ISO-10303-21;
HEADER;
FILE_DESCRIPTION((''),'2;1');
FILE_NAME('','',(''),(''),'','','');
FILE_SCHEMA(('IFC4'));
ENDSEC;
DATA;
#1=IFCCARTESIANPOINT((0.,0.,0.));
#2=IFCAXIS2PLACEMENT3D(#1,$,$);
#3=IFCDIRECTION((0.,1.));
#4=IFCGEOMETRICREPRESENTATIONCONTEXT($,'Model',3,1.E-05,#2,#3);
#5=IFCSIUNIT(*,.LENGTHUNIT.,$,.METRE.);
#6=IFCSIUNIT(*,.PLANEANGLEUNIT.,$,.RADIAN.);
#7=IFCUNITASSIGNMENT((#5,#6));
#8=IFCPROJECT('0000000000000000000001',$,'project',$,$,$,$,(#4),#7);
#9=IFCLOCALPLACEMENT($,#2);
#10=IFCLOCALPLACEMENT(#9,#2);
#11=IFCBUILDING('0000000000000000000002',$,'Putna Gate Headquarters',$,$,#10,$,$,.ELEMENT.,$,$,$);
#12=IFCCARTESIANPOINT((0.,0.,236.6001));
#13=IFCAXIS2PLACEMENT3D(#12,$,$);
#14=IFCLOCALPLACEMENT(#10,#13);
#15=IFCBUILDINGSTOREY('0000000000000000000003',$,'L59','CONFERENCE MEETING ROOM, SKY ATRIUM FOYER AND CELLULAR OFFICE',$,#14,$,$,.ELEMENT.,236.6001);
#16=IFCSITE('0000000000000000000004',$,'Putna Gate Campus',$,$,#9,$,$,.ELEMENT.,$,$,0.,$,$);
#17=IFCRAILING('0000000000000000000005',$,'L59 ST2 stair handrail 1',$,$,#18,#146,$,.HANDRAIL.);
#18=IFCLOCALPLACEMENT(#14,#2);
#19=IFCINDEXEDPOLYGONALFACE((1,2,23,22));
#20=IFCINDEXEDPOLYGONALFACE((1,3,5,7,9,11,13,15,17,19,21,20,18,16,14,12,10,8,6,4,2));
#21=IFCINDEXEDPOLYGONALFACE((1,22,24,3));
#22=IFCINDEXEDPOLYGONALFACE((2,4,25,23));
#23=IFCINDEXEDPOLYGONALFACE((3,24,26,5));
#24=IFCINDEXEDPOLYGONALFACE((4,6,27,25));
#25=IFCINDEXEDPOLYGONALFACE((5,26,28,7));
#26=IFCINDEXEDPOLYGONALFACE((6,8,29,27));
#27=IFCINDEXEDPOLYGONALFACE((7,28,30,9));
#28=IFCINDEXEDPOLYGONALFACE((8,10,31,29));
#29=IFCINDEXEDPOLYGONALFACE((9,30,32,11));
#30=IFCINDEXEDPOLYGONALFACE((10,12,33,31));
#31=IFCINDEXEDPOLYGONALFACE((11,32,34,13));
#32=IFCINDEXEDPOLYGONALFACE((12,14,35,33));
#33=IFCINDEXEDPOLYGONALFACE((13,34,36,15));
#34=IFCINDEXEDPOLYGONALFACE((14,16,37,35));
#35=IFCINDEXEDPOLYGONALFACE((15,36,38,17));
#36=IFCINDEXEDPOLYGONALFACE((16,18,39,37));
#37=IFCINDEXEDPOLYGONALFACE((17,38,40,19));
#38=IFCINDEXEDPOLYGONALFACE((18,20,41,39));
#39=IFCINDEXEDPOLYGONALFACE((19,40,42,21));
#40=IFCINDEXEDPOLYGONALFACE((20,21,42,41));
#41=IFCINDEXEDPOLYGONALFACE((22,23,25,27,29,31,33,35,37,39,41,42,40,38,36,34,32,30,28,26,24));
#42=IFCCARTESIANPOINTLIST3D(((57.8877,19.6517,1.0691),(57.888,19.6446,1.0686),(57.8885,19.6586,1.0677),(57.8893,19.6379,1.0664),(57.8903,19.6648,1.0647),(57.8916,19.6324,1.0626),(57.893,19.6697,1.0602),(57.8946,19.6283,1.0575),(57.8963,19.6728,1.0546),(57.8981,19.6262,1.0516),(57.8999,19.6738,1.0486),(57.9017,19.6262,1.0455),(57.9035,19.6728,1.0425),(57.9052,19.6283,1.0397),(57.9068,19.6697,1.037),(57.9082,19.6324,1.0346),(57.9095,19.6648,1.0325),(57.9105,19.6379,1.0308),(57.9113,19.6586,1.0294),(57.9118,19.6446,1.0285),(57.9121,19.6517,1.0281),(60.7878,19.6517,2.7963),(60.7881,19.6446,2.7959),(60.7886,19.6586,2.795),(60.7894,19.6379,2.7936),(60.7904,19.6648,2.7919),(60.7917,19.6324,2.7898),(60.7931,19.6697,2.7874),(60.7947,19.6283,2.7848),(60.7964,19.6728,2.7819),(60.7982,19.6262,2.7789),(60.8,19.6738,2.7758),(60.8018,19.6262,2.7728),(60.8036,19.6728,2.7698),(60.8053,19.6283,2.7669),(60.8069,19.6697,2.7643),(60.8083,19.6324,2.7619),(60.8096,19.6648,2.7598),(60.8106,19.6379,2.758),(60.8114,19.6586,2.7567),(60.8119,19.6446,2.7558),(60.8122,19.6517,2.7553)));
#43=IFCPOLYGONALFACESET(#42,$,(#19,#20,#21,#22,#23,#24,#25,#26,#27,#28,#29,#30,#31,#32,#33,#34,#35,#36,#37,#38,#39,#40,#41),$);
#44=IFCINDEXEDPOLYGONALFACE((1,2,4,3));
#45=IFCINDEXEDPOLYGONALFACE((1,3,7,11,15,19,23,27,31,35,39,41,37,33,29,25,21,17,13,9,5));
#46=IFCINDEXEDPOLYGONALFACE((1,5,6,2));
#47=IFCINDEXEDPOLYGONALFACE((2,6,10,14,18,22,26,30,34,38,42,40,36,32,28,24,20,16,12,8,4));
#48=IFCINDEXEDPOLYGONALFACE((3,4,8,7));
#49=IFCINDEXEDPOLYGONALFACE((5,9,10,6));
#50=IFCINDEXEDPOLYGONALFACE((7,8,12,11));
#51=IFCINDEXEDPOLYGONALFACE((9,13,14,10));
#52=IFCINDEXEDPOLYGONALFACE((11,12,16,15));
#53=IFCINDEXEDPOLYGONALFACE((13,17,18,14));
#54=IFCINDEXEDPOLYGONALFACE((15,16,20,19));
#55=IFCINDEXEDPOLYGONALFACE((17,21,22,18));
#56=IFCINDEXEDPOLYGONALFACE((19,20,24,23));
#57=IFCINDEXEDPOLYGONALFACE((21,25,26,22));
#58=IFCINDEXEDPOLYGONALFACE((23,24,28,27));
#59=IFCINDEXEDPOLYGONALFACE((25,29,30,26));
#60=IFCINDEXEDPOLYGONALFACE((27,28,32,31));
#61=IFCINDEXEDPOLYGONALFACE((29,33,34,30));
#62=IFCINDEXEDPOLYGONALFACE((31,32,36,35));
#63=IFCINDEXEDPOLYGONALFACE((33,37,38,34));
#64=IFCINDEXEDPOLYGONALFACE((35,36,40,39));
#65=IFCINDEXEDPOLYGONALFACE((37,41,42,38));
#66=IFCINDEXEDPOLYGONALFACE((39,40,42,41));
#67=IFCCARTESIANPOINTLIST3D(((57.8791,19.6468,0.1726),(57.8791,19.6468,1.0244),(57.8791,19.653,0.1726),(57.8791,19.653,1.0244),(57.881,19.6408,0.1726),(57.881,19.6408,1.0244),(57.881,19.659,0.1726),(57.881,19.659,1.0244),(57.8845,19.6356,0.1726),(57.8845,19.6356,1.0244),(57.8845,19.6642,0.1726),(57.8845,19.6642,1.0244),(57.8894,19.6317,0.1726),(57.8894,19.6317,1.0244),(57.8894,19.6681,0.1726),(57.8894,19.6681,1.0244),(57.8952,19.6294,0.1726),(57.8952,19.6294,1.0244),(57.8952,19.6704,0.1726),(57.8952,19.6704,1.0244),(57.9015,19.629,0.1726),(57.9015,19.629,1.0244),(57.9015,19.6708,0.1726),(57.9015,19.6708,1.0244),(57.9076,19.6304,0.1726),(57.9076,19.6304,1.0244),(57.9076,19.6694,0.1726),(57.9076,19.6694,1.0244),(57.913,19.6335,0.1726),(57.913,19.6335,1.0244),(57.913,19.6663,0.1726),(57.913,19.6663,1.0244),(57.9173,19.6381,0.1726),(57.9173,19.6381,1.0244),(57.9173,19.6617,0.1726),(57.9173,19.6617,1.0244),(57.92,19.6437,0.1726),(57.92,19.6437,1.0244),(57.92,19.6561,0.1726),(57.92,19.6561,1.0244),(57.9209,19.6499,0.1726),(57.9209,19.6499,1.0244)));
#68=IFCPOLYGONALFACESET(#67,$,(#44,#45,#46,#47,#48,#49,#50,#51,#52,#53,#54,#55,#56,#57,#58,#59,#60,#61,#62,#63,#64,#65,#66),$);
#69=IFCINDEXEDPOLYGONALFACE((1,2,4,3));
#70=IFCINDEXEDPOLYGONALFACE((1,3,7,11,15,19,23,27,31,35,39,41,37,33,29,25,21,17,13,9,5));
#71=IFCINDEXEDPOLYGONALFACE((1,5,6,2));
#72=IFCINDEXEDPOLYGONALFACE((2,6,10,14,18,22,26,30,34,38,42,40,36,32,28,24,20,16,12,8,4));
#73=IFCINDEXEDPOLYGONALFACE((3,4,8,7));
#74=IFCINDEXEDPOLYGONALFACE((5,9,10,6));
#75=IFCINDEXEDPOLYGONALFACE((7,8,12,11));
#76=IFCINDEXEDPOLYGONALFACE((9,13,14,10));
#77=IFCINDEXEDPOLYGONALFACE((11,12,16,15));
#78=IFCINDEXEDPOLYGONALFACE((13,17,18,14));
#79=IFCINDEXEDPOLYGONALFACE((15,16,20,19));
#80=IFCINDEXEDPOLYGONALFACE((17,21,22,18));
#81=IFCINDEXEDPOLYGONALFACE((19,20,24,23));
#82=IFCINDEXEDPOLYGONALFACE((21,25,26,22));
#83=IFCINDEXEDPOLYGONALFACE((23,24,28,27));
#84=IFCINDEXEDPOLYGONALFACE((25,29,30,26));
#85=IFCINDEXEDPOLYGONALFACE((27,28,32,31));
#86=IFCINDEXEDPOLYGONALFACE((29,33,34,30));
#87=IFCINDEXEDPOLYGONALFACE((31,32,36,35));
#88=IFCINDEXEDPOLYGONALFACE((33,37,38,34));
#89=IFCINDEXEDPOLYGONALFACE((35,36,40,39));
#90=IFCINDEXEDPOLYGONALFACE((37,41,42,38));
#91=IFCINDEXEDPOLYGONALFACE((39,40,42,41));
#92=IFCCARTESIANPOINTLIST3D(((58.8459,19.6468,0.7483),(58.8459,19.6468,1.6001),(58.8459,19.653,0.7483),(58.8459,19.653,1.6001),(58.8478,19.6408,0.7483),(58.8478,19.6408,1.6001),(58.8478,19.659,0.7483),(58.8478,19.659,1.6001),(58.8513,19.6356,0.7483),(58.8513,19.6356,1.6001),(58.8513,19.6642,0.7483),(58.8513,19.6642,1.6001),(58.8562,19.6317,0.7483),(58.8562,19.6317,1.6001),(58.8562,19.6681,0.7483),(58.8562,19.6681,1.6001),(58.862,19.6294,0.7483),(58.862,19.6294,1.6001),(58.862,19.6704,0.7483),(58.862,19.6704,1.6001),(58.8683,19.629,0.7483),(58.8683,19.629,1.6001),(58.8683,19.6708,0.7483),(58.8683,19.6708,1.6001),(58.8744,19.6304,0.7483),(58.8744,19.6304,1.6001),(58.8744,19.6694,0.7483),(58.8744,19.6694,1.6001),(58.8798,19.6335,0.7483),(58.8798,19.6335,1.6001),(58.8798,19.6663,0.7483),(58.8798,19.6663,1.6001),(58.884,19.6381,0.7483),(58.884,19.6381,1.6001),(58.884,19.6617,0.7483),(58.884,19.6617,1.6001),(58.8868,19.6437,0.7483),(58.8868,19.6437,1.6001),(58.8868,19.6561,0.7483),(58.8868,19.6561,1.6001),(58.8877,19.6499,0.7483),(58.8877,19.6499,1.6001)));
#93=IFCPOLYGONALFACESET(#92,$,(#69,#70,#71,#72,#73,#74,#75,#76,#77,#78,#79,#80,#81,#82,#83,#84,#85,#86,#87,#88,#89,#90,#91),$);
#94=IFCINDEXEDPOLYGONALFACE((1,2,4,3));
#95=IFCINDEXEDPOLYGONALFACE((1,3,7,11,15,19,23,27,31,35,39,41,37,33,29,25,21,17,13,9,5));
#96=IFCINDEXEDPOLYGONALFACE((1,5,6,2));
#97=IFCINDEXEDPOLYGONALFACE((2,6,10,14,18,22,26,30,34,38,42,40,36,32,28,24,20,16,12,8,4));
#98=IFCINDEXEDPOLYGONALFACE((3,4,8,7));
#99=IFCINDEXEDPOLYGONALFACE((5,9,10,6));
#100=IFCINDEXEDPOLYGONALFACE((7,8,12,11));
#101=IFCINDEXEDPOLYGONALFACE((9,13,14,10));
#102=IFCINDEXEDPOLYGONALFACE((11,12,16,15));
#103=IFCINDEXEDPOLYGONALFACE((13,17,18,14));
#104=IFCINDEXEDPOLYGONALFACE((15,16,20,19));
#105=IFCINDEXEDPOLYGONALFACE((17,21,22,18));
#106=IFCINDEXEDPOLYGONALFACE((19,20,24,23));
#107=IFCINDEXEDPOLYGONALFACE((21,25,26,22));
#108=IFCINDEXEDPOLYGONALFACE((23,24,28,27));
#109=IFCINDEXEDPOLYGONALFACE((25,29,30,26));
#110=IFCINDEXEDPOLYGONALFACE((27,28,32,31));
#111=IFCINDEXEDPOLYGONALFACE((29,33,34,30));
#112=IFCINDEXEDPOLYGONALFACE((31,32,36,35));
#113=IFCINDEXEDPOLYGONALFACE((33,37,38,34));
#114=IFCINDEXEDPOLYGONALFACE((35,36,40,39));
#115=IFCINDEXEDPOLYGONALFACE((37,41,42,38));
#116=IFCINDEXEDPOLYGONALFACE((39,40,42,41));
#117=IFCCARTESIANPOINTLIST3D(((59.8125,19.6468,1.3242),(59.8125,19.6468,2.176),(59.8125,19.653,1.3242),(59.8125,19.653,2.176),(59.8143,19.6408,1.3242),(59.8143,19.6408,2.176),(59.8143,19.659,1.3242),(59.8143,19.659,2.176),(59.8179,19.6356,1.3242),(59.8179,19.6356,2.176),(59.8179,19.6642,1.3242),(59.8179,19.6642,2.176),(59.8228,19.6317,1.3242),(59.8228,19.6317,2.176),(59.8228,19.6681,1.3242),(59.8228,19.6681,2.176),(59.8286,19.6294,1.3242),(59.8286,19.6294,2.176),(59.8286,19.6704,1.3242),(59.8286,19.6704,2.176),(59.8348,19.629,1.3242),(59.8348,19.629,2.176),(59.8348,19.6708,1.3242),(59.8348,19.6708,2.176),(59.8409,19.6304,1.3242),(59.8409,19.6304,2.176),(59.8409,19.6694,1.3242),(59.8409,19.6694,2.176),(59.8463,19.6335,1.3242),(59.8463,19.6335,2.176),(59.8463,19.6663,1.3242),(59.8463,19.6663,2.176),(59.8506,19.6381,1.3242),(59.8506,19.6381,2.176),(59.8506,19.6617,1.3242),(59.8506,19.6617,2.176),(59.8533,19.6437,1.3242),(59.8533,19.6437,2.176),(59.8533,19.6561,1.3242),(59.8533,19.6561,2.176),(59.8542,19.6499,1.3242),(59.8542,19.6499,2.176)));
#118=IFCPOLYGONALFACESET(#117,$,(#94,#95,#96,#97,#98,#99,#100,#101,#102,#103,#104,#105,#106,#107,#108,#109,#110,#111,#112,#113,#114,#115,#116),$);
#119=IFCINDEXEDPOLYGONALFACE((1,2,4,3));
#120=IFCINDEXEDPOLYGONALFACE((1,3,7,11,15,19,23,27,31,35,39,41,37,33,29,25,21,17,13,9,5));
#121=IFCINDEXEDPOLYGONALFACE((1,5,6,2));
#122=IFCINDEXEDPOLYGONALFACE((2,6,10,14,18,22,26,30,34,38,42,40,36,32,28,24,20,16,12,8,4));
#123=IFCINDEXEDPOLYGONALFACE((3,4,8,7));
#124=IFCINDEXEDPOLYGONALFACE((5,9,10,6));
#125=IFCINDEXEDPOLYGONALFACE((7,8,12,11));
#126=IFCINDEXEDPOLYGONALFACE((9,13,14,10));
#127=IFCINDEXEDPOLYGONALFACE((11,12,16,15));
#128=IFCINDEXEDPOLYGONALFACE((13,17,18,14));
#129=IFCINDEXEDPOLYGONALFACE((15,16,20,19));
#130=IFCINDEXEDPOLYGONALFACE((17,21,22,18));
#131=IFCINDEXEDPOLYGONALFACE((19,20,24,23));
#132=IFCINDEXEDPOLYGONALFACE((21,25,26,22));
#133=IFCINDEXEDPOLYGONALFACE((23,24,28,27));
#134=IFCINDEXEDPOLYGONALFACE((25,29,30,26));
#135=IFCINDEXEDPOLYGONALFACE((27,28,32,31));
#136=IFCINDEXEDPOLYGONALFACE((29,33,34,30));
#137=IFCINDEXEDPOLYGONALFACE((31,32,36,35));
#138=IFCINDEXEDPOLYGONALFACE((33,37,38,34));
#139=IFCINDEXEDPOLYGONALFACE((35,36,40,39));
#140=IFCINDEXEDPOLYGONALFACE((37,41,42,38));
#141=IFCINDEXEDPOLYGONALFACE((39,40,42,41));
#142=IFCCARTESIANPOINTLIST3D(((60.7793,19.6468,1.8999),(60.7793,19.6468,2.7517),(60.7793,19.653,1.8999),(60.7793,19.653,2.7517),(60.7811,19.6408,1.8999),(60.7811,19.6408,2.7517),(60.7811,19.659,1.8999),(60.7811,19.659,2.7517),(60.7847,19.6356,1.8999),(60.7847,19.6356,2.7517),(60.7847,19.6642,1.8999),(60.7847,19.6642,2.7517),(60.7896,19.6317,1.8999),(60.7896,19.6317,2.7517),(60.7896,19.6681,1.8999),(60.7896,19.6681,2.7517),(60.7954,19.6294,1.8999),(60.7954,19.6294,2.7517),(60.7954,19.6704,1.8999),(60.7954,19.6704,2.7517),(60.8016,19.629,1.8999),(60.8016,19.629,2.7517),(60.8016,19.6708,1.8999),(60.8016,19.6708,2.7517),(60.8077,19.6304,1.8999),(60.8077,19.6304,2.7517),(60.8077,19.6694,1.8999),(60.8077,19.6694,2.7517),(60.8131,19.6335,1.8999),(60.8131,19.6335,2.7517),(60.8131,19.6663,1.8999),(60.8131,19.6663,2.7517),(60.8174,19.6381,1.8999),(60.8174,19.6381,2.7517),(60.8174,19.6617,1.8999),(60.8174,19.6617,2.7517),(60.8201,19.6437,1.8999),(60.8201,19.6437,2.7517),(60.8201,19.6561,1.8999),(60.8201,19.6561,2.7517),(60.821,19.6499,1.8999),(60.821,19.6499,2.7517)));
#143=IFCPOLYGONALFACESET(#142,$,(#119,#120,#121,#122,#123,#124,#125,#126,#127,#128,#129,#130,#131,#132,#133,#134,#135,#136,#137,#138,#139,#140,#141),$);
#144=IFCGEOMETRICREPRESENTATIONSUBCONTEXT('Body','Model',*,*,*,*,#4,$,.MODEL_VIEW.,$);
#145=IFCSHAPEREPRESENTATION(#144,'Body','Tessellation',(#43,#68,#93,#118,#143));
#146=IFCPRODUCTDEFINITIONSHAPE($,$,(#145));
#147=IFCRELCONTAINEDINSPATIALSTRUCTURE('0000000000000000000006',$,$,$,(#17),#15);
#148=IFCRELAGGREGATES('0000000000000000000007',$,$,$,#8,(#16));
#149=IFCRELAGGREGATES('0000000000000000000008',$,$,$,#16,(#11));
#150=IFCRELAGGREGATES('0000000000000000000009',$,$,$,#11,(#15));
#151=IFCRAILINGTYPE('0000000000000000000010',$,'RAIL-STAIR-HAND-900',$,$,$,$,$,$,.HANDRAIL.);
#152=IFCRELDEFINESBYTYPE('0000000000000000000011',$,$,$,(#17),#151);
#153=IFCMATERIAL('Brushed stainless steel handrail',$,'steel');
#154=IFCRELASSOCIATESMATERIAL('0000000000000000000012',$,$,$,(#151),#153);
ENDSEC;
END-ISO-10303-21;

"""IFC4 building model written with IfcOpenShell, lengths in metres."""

from ifc_helpers import new_model, si_unit, direction, frame, origin, origin_2d, place, context, subcontext, project, spatial, circle, extrude, material, type_object, element, save


model = new_model("IFC4")

# Units and contexts
model_context = context("Model", 3, precision=1e-05, world=origin(), true_north=direction((0.0, 1.0)))
body_context = subcontext(model_context, "Body", "Model", "MODEL_VIEW")
ifc_project = project(units=[si_unit("LENGTHUNIT", "METRE"), si_unit("PLANEANGLEUNIT", "RADIAN")], contexts=[model_context])

# Site, building, storey
site_placement = place(None, origin())
site = spatial("IfcSite", under=ifc_project, at=site_placement, Name="Putna Gate Campus", CompositionType="ELEMENT", RefElevation=0.0)
building_placement = place(site_placement, origin())
building = spatial("IfcBuilding", under=site, at=building_placement, Name="Putna Gate Headquarters", CompositionType="ELEMENT")
storey_placement = place(building_placement, frame((0.0, 0.0, 236.6001)))
storey = spatial("IfcBuildingStorey", under=building, at=storey_placement, Name="L59", Description="CONFERENCE MEETING ROOM, SKY ATRIUM FOYER AND CELLULAR OFFICE", CompositionType="ELEMENT", Elevation=236.6001)

# Railing
ifc_material_1 = material(Name="Brushed stainless steel handrail", Category="steel")
railing_type = type_object("IfcRailingType", Name="RAIL-STAIR-HAND-900", PredefinedType="HANDRAIL", material=ifc_material_1)
railing_placement = place(storey_placement, frame((57.8999, 19.6499, 0.1726)))
element("IfcRailing", 1, at=railing_placement, inside=storey, type_object=railing_type, Name="L59 ST2 stair handrail 1", PredefinedType="HANDRAIL", context=body_context, shape_type="SweptSolid", body=[
    extrude(circle(Radius=0.0239, at=origin_2d()), frame((0.0, 0.0, 0.876), z_axis=(0.85916, 0.0, 0.511706), x_axis=(0.0, 1.0, 0.0)), (0.0, 0.0, 1.0), 3.3755),
    extrude(circle(Radius=0.021, at=origin_2d()), origin(), (0.0, 0.0, 1.0), 0.8518),
    extrude(circle(Radius=0.021, at=origin_2d()), frame((0.9668, 0.0, 0.5757)), (0.0, 0.0, 1.0), 0.8518),
    extrude(circle(Radius=0.021, at=origin_2d()), frame((1.9333, 0.0, 1.1516)), (0.0, 0.0, 1.0), 0.8518),
    extrude(circle(Radius=0.021, at=origin_2d()), frame((2.9001, 0.0, 1.7273)), (0.0, 0.0, 1.0), 0.8518),
])

save(model, "model.ifc")
